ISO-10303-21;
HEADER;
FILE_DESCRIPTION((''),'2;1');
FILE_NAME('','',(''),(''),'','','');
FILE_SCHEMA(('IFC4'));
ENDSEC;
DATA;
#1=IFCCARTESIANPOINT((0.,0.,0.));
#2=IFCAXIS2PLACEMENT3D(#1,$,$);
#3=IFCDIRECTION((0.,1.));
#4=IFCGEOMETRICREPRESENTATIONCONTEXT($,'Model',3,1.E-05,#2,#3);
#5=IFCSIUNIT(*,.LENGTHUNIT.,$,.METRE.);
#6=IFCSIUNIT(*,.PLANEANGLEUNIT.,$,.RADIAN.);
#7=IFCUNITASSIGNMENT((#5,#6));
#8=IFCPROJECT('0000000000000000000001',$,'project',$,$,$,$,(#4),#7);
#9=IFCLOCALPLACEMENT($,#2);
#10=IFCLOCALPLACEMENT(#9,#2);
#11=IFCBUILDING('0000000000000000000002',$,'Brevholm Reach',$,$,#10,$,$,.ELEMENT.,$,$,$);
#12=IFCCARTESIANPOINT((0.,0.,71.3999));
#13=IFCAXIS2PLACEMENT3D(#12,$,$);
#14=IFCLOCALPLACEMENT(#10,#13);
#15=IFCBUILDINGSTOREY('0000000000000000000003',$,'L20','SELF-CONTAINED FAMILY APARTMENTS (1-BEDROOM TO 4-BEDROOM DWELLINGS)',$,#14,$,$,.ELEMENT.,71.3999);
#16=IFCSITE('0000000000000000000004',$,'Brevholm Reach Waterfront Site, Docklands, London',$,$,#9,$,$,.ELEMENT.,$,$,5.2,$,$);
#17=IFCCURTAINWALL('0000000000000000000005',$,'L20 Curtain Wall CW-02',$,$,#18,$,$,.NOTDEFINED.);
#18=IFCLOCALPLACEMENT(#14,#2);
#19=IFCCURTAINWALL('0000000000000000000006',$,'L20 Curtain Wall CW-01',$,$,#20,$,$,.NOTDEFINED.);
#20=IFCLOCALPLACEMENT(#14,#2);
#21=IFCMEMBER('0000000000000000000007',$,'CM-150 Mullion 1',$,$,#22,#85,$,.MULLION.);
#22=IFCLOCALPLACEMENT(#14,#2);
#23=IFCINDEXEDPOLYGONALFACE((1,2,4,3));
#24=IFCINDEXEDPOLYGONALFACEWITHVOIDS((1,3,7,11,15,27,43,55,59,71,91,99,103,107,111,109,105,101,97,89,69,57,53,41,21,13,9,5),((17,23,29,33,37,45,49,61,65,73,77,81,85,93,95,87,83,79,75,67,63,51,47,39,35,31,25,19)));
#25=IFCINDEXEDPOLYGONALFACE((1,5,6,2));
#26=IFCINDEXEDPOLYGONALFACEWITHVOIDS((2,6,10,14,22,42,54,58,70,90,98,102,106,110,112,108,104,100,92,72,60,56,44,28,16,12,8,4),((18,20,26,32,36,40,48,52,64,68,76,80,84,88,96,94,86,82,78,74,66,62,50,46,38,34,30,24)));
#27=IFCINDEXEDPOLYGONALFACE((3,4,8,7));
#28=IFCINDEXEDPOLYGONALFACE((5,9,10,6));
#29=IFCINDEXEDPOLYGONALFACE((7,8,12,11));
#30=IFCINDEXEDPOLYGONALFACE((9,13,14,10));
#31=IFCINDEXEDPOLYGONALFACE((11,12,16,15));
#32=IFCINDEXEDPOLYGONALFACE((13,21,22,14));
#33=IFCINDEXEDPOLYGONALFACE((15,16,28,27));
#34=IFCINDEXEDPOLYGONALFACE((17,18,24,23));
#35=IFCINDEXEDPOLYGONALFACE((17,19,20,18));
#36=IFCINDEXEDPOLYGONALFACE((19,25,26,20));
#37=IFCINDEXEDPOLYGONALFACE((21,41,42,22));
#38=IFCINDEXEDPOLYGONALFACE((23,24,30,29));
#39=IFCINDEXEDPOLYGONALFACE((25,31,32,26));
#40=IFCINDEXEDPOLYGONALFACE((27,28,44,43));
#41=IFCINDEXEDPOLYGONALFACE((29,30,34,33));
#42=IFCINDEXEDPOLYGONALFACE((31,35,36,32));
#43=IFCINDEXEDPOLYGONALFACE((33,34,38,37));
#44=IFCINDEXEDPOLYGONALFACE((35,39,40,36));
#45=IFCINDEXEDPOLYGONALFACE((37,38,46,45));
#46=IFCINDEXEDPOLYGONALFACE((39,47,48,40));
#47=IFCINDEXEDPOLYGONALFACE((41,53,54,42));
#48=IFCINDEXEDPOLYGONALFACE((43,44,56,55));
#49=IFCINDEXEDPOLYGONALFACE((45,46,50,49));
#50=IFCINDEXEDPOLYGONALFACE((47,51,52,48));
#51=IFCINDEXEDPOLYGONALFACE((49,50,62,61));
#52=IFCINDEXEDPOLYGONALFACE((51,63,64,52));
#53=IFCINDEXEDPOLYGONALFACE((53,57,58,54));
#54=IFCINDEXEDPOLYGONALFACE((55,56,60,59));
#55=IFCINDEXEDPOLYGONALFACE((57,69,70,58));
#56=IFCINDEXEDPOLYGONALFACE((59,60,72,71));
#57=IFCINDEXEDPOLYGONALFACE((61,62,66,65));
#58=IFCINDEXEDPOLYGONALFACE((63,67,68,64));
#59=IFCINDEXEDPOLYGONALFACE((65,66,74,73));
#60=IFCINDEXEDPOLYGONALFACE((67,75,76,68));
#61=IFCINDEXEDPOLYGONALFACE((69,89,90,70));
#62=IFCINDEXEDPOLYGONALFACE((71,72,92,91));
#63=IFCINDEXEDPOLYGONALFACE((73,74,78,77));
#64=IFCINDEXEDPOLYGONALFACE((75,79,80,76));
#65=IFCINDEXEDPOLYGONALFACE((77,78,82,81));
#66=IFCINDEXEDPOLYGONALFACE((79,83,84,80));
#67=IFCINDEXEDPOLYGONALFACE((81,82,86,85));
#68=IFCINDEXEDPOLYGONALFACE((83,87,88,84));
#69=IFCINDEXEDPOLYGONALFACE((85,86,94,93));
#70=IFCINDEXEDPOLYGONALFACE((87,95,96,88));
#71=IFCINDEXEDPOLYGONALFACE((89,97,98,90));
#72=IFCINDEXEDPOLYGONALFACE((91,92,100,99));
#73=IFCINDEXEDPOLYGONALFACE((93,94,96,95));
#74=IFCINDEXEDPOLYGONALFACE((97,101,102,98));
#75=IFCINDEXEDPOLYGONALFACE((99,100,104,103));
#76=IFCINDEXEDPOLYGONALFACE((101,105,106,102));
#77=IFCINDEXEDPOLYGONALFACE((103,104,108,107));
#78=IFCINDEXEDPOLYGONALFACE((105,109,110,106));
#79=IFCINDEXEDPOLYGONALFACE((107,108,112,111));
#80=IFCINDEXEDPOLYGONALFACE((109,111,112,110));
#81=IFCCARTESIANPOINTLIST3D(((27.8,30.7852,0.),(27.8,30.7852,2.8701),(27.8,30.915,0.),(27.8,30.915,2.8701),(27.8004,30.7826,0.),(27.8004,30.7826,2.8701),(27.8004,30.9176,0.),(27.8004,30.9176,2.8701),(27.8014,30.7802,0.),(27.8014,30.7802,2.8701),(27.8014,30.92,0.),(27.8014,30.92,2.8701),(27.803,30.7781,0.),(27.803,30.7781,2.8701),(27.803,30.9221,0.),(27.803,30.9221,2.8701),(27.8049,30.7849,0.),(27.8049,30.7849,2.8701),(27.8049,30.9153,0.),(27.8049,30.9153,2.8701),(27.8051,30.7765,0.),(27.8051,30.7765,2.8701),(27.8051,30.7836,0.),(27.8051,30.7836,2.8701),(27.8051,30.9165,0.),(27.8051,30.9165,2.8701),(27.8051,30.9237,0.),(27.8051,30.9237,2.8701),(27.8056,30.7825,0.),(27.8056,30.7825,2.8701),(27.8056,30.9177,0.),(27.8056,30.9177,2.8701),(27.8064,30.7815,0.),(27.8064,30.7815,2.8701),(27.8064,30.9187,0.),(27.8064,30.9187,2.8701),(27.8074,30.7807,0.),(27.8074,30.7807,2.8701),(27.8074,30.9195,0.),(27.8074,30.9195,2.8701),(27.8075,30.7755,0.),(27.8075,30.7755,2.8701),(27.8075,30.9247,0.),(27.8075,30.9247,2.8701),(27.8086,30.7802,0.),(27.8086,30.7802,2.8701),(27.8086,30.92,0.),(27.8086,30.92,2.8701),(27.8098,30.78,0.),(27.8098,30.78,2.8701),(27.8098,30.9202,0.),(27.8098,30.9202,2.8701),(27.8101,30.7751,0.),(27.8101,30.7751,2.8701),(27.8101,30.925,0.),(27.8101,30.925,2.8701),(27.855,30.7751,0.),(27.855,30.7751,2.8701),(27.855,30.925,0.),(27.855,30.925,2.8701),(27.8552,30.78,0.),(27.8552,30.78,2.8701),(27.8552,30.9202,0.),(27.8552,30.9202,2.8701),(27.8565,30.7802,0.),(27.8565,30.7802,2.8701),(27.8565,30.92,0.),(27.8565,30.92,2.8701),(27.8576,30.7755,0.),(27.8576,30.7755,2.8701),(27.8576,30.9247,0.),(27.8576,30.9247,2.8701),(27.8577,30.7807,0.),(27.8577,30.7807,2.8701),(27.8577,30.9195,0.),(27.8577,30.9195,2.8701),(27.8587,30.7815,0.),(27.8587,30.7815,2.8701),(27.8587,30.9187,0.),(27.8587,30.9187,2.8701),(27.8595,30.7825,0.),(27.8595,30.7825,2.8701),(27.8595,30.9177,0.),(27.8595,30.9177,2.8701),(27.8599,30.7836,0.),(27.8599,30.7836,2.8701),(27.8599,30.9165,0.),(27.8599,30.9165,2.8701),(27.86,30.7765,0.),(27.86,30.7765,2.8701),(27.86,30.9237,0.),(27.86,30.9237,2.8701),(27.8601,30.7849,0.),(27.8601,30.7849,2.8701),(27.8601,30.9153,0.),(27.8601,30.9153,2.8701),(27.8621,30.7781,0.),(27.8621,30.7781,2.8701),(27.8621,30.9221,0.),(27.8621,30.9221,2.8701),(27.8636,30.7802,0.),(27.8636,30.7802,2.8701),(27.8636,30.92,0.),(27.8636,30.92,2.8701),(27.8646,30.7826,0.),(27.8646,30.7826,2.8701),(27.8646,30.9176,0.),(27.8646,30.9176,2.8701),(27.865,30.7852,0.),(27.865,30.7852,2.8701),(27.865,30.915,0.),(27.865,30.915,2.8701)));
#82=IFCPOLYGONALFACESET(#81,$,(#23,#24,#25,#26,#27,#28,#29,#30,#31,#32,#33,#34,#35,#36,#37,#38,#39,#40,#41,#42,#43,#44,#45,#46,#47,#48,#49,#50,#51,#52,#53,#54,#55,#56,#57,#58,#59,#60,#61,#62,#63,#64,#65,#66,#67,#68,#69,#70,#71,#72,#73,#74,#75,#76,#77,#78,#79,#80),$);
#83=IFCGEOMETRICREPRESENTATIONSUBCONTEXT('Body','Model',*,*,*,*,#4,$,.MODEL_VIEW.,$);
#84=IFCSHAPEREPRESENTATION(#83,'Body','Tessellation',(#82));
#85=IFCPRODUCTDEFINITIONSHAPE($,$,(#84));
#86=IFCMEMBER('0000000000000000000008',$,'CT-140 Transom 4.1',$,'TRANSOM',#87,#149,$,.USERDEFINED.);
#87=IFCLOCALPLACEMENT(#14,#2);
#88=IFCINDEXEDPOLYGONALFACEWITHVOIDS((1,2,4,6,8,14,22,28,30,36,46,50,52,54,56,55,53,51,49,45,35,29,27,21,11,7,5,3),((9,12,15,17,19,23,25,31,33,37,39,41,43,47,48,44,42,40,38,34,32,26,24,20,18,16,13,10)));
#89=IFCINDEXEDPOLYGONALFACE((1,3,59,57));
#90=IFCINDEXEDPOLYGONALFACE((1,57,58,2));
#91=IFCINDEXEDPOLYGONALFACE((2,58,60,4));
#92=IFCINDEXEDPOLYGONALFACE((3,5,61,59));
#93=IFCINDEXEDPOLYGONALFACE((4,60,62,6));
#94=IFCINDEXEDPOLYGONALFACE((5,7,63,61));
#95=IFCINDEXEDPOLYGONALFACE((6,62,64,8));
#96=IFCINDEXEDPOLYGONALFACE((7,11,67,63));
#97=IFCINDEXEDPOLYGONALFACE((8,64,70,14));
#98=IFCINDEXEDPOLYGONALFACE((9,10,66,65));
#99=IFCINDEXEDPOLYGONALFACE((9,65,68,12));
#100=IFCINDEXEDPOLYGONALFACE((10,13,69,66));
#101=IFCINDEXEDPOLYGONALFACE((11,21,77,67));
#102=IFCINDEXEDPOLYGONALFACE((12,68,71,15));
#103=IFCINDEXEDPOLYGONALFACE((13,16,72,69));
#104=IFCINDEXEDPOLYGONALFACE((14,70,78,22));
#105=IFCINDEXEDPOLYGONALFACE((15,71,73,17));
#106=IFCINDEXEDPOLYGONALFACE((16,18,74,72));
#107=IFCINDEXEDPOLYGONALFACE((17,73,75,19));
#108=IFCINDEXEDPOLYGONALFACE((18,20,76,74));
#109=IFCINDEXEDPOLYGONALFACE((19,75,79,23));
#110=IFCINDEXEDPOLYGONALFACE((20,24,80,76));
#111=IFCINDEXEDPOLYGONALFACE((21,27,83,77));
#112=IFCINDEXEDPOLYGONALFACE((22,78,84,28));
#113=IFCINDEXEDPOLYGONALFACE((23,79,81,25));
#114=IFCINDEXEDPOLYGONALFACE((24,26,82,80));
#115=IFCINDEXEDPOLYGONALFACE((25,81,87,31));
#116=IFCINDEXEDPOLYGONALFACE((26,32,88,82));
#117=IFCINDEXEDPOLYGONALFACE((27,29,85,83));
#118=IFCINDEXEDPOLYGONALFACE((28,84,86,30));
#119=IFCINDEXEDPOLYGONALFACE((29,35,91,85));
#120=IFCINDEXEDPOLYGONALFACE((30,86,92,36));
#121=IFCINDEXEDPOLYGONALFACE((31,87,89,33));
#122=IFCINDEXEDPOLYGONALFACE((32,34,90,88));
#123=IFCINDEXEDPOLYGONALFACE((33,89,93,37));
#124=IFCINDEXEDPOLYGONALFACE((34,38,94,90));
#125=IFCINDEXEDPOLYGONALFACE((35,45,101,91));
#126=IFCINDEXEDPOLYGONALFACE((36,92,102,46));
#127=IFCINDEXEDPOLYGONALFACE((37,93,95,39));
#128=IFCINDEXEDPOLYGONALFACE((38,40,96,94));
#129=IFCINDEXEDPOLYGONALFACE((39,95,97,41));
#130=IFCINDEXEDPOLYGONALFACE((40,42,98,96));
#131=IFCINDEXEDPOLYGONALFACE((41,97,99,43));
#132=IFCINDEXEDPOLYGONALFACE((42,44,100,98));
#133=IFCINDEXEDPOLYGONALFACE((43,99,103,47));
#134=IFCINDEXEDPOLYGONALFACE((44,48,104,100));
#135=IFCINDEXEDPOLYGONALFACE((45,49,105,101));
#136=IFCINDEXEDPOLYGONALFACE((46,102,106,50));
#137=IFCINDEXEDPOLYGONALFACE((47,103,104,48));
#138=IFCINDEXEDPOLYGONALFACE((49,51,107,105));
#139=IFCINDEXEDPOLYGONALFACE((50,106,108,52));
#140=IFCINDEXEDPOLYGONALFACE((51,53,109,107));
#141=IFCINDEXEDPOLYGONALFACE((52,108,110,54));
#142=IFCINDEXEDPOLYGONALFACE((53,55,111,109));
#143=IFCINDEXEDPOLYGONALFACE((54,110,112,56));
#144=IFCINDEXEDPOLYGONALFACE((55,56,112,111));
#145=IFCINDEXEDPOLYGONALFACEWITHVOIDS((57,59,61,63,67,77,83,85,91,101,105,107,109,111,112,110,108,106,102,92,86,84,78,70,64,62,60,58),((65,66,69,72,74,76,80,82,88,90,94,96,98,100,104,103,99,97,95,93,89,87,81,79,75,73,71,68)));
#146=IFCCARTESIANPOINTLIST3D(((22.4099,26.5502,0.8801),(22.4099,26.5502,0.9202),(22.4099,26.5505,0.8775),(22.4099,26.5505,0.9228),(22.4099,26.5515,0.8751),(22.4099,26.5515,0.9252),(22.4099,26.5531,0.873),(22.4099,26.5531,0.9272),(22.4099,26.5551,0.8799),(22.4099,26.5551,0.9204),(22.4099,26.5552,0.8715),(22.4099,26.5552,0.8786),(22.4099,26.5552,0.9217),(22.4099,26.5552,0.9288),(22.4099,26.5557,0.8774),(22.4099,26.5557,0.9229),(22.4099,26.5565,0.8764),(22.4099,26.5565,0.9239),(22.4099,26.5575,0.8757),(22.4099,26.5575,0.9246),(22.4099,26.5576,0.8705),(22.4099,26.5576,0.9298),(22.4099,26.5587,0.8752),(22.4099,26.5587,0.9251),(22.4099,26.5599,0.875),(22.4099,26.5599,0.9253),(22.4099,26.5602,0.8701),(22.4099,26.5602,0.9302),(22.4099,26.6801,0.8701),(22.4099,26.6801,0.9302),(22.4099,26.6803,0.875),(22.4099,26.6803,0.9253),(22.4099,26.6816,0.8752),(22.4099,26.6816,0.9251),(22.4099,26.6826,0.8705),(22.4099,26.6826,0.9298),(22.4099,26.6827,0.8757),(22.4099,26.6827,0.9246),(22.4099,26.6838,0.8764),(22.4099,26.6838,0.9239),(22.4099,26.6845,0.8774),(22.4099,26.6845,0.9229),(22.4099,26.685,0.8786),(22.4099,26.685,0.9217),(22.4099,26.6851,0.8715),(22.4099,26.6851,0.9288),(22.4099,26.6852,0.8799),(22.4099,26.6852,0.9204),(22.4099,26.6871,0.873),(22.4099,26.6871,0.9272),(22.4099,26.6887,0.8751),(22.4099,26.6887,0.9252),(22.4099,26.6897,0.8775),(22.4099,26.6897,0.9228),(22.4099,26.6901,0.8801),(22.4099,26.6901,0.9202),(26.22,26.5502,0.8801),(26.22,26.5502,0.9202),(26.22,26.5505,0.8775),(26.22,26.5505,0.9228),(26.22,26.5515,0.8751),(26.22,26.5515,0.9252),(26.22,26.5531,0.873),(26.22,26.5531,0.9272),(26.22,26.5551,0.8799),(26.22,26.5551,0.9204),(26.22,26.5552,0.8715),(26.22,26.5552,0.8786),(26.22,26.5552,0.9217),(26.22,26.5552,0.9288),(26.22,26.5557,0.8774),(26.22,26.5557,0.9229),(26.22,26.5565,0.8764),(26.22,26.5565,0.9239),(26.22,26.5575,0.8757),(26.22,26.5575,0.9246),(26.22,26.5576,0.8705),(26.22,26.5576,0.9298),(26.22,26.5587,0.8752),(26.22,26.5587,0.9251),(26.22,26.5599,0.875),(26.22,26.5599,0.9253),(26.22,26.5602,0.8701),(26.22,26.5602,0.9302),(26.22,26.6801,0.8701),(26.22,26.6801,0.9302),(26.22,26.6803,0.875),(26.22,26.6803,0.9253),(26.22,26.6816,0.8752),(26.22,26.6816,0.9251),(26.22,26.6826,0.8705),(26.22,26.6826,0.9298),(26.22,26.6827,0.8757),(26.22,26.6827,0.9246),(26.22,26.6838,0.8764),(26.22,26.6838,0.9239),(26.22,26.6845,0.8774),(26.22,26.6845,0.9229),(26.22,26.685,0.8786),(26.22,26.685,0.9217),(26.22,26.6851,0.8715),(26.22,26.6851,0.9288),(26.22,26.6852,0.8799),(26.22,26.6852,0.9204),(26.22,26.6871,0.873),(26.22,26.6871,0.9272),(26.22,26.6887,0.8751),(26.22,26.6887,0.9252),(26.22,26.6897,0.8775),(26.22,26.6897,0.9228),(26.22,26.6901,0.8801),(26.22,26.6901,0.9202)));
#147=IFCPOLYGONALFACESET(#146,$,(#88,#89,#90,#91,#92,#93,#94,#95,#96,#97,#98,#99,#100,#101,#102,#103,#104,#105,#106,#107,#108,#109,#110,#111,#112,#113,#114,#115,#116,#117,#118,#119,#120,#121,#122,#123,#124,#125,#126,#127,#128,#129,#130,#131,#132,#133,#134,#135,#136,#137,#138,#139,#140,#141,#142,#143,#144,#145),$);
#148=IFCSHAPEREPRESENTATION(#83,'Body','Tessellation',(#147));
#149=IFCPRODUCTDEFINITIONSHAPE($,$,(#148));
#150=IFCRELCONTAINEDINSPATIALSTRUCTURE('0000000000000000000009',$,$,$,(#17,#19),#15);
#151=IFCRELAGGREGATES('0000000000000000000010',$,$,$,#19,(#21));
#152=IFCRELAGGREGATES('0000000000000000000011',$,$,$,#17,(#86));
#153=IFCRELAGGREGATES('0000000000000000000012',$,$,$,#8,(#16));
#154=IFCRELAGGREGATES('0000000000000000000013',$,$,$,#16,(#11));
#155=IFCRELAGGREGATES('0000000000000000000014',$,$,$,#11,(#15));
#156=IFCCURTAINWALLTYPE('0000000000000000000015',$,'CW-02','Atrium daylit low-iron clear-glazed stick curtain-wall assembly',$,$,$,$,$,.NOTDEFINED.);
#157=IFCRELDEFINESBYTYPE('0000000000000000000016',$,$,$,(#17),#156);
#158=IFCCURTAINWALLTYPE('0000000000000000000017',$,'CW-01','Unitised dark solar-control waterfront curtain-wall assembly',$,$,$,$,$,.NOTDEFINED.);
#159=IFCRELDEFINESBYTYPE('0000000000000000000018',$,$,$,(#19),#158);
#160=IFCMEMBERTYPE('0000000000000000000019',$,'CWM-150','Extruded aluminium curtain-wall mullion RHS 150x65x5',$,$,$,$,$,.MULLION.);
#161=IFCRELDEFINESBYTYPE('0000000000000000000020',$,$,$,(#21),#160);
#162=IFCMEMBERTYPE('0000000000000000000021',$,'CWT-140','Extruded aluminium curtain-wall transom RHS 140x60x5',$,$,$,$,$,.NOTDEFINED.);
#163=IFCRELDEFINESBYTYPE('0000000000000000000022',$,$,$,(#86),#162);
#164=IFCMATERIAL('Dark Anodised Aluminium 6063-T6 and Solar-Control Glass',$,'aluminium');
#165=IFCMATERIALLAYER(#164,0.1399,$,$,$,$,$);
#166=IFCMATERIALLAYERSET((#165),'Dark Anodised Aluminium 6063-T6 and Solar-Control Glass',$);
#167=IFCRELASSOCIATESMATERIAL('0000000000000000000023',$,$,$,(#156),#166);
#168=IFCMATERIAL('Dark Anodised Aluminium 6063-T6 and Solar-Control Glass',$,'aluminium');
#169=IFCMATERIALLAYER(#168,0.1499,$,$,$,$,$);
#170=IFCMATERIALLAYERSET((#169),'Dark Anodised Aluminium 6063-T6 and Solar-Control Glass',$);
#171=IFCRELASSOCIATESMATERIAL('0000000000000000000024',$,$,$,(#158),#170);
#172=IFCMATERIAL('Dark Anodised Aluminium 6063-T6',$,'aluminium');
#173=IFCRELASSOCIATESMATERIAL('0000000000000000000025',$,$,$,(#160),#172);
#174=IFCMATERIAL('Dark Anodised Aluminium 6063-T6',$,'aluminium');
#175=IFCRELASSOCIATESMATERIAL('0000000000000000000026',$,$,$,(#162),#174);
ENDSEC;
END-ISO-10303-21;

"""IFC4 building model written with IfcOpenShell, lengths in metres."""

from ifc_helpers import new_model, si_unit, direction, frame, origin, origin_2d, place, context, subcontext, project, spatial, hollow_rectangle, extrude, material, layer, layer_set, material_profile, profile_set, type_object, element, aggregate, save


model = new_model("IFC4")

# Units and contexts
model_context = context("Model", 3, precision=1e-05, world=origin(), true_north=direction((0.0, 1.0)))
body_context = subcontext(model_context, "Body", "Model", "MODEL_VIEW")
ifc_project = project(units=[si_unit("LENGTHUNIT", "METRE"), si_unit("PLANEANGLEUNIT", "RADIAN")], contexts=[model_context])

# Site, building, storey
site_placement = place(None, origin())
site = spatial("IfcSite", under=ifc_project, at=site_placement, Name="Brevholm Reach Waterfront Site, Docklands, London", CompositionType="ELEMENT", RefElevation=5.2)
building_placement = place(site_placement, origin())
building = spatial("IfcBuilding", under=site, at=building_placement, Name="Brevholm Reach", CompositionType="ELEMENT")
storey_placement = place(building_placement, frame((0.0, 0.0, 71.3999)))
storey = spatial("IfcBuildingStorey", under=building, at=storey_placement, Name="L20", Description="SELF-CONTAINED FAMILY APARTMENTS (1-BEDROOM TO 4-BEDROOM DWELLINGS)", CompositionType="ELEMENT", Elevation=71.3999)

# Curtain wall
ifc_material_1 = material(Name="Dark Anodised Aluminium 6063-T6 and Solar-Control Glass", Category="aluminium")
ifc_layer_1 = layer(ifc_material_1, 0.1399)
ifc_layer_set_1 = layer_set([ifc_layer_1], Name="Dark Anodised Aluminium 6063-T6 and Solar-Control Glass")
curtain_wall_type_1 = type_object("IfcCurtainWallType", Name="CW-02", Description="Atrium daylit low-iron clear-glazed stick curtain-wall assembly", PredefinedType="NOTDEFINED", material=ifc_layer_set_1)
curtain_wall_1_placement = place(storey_placement, origin())
curtain_wall_1 = element("IfcCurtainWall", 1, at=curtain_wall_1_placement, inside=storey, type_object=curtain_wall_type_1, Name="L20 Curtain Wall CW-02", PredefinedType="NOTDEFINED")

# Curtain wall, member
ifc_material_2 = material(Name="Dark Anodised Aluminium 6063-T6 and Solar-Control Glass", Category="aluminium")
ifc_layer_2 = layer(ifc_material_2, 0.1499)
ifc_layer_set_2 = layer_set([ifc_layer_2], Name="Dark Anodised Aluminium 6063-T6 and Solar-Control Glass")
curtain_wall_type_2 = type_object("IfcCurtainWallType", Name="CW-01", Description="Unitised dark solar-control waterfront curtain-wall assembly", PredefinedType="NOTDEFINED", material=ifc_layer_set_2)
curtain_wall_2_placement = place(storey_placement, origin())
curtain_wall_2 = element("IfcCurtainWall", 2, at=curtain_wall_2_placement, inside=storey, type_object=curtain_wall_type_2, Name="L20 Curtain Wall CW-01", PredefinedType="NOTDEFINED")
ifc_material_3 = material(Name="Dark Anodised Aluminium 6063-T6", Category="aluminium")
ifc_material_profile_1 = material_profile(ifc_material_3, hollow_rectangle(XDim=0.0649, YDim=0.1499, WallThickness=0.0049, InnerFilletRadius=0.0049, OuterFilletRadius=0.01, at=origin_2d()), Name="RHS 150x65x5")
ifc_profile_set_1 = profile_set([ifc_material_profile_1], Name="Dark Anodised Aluminium 6063-T6")
member_type_1 = type_object("IfcMemberType", Name="CWM-150", Description="Extruded aluminium curtain-wall mullion RHS 150x65x5", PredefinedType="MULLION", material=ifc_profile_set_1)
member_1_placement = place(storey_placement, frame((27.8325, 30.8501, 0.0), z_axis=(0.0, 0.0, 1.0), x_axis=(1.0, 0.0, 0.0)))
member_1 = element("IfcMember", 3, at=member_1_placement, type_object=member_type_1, Name="CM-150 Mullion 1", PredefinedType="MULLION", context=body_context, shape_type="SweptSolid", body=[
    extrude(hollow_rectangle(XDim=0.0649, YDim=0.1499, WallThickness=0.0049, InnerFilletRadius=0.0049, OuterFilletRadius=0.01, at=origin_2d()), origin(), (0.0, 0.0, 1.0), 2.8701),
])

# Member
ifc_material_4 = material(Name="Dark Anodised Aluminium 6063-T6", Category="aluminium")
ifc_material_profile_2 = material_profile(ifc_material_4, hollow_rectangle(XDim=0.0601, YDim=0.1399, WallThickness=0.0049, InnerFilletRadius=0.0049, OuterFilletRadius=0.01, at=origin_2d()), Name="RHS 140x60x5")
ifc_profile_set_2 = profile_set([ifc_material_profile_2], Name="Dark Anodised Aluminium 6063-T6")
member_type_2 = type_object("IfcMemberType", Name="CWT-140", Description="Extruded aluminium curtain-wall transom RHS 140x60x5", PredefinedType="NOTDEFINED", material=ifc_profile_set_2)
member_2_placement = place(storey_placement, frame((26.22, 26.6201, 0.9001), z_axis=(-1.0, 0.0, 0.0), x_axis=(0.0, 0.0, 1.0)))
member_2 = element("IfcMember", 4, at=member_2_placement, type_object=member_type_2, Name="CT-140 Transom 4.1", ObjectType="TRANSOM", PredefinedType="USERDEFINED", context=body_context, shape_type="SweptSolid", body=[
    extrude(hollow_rectangle(XDim=0.0601, YDim=0.1399, WallThickness=0.0049, InnerFilletRadius=0.0049, OuterFilletRadius=0.01, at=origin_2d()), origin(), (0.0, 0.0, 1.0), 3.8101),
])
aggregate(curtain_wall_2, [member_1])

aggregate(curtain_wall_1, [member_2])

save(model, "model.ifc")
